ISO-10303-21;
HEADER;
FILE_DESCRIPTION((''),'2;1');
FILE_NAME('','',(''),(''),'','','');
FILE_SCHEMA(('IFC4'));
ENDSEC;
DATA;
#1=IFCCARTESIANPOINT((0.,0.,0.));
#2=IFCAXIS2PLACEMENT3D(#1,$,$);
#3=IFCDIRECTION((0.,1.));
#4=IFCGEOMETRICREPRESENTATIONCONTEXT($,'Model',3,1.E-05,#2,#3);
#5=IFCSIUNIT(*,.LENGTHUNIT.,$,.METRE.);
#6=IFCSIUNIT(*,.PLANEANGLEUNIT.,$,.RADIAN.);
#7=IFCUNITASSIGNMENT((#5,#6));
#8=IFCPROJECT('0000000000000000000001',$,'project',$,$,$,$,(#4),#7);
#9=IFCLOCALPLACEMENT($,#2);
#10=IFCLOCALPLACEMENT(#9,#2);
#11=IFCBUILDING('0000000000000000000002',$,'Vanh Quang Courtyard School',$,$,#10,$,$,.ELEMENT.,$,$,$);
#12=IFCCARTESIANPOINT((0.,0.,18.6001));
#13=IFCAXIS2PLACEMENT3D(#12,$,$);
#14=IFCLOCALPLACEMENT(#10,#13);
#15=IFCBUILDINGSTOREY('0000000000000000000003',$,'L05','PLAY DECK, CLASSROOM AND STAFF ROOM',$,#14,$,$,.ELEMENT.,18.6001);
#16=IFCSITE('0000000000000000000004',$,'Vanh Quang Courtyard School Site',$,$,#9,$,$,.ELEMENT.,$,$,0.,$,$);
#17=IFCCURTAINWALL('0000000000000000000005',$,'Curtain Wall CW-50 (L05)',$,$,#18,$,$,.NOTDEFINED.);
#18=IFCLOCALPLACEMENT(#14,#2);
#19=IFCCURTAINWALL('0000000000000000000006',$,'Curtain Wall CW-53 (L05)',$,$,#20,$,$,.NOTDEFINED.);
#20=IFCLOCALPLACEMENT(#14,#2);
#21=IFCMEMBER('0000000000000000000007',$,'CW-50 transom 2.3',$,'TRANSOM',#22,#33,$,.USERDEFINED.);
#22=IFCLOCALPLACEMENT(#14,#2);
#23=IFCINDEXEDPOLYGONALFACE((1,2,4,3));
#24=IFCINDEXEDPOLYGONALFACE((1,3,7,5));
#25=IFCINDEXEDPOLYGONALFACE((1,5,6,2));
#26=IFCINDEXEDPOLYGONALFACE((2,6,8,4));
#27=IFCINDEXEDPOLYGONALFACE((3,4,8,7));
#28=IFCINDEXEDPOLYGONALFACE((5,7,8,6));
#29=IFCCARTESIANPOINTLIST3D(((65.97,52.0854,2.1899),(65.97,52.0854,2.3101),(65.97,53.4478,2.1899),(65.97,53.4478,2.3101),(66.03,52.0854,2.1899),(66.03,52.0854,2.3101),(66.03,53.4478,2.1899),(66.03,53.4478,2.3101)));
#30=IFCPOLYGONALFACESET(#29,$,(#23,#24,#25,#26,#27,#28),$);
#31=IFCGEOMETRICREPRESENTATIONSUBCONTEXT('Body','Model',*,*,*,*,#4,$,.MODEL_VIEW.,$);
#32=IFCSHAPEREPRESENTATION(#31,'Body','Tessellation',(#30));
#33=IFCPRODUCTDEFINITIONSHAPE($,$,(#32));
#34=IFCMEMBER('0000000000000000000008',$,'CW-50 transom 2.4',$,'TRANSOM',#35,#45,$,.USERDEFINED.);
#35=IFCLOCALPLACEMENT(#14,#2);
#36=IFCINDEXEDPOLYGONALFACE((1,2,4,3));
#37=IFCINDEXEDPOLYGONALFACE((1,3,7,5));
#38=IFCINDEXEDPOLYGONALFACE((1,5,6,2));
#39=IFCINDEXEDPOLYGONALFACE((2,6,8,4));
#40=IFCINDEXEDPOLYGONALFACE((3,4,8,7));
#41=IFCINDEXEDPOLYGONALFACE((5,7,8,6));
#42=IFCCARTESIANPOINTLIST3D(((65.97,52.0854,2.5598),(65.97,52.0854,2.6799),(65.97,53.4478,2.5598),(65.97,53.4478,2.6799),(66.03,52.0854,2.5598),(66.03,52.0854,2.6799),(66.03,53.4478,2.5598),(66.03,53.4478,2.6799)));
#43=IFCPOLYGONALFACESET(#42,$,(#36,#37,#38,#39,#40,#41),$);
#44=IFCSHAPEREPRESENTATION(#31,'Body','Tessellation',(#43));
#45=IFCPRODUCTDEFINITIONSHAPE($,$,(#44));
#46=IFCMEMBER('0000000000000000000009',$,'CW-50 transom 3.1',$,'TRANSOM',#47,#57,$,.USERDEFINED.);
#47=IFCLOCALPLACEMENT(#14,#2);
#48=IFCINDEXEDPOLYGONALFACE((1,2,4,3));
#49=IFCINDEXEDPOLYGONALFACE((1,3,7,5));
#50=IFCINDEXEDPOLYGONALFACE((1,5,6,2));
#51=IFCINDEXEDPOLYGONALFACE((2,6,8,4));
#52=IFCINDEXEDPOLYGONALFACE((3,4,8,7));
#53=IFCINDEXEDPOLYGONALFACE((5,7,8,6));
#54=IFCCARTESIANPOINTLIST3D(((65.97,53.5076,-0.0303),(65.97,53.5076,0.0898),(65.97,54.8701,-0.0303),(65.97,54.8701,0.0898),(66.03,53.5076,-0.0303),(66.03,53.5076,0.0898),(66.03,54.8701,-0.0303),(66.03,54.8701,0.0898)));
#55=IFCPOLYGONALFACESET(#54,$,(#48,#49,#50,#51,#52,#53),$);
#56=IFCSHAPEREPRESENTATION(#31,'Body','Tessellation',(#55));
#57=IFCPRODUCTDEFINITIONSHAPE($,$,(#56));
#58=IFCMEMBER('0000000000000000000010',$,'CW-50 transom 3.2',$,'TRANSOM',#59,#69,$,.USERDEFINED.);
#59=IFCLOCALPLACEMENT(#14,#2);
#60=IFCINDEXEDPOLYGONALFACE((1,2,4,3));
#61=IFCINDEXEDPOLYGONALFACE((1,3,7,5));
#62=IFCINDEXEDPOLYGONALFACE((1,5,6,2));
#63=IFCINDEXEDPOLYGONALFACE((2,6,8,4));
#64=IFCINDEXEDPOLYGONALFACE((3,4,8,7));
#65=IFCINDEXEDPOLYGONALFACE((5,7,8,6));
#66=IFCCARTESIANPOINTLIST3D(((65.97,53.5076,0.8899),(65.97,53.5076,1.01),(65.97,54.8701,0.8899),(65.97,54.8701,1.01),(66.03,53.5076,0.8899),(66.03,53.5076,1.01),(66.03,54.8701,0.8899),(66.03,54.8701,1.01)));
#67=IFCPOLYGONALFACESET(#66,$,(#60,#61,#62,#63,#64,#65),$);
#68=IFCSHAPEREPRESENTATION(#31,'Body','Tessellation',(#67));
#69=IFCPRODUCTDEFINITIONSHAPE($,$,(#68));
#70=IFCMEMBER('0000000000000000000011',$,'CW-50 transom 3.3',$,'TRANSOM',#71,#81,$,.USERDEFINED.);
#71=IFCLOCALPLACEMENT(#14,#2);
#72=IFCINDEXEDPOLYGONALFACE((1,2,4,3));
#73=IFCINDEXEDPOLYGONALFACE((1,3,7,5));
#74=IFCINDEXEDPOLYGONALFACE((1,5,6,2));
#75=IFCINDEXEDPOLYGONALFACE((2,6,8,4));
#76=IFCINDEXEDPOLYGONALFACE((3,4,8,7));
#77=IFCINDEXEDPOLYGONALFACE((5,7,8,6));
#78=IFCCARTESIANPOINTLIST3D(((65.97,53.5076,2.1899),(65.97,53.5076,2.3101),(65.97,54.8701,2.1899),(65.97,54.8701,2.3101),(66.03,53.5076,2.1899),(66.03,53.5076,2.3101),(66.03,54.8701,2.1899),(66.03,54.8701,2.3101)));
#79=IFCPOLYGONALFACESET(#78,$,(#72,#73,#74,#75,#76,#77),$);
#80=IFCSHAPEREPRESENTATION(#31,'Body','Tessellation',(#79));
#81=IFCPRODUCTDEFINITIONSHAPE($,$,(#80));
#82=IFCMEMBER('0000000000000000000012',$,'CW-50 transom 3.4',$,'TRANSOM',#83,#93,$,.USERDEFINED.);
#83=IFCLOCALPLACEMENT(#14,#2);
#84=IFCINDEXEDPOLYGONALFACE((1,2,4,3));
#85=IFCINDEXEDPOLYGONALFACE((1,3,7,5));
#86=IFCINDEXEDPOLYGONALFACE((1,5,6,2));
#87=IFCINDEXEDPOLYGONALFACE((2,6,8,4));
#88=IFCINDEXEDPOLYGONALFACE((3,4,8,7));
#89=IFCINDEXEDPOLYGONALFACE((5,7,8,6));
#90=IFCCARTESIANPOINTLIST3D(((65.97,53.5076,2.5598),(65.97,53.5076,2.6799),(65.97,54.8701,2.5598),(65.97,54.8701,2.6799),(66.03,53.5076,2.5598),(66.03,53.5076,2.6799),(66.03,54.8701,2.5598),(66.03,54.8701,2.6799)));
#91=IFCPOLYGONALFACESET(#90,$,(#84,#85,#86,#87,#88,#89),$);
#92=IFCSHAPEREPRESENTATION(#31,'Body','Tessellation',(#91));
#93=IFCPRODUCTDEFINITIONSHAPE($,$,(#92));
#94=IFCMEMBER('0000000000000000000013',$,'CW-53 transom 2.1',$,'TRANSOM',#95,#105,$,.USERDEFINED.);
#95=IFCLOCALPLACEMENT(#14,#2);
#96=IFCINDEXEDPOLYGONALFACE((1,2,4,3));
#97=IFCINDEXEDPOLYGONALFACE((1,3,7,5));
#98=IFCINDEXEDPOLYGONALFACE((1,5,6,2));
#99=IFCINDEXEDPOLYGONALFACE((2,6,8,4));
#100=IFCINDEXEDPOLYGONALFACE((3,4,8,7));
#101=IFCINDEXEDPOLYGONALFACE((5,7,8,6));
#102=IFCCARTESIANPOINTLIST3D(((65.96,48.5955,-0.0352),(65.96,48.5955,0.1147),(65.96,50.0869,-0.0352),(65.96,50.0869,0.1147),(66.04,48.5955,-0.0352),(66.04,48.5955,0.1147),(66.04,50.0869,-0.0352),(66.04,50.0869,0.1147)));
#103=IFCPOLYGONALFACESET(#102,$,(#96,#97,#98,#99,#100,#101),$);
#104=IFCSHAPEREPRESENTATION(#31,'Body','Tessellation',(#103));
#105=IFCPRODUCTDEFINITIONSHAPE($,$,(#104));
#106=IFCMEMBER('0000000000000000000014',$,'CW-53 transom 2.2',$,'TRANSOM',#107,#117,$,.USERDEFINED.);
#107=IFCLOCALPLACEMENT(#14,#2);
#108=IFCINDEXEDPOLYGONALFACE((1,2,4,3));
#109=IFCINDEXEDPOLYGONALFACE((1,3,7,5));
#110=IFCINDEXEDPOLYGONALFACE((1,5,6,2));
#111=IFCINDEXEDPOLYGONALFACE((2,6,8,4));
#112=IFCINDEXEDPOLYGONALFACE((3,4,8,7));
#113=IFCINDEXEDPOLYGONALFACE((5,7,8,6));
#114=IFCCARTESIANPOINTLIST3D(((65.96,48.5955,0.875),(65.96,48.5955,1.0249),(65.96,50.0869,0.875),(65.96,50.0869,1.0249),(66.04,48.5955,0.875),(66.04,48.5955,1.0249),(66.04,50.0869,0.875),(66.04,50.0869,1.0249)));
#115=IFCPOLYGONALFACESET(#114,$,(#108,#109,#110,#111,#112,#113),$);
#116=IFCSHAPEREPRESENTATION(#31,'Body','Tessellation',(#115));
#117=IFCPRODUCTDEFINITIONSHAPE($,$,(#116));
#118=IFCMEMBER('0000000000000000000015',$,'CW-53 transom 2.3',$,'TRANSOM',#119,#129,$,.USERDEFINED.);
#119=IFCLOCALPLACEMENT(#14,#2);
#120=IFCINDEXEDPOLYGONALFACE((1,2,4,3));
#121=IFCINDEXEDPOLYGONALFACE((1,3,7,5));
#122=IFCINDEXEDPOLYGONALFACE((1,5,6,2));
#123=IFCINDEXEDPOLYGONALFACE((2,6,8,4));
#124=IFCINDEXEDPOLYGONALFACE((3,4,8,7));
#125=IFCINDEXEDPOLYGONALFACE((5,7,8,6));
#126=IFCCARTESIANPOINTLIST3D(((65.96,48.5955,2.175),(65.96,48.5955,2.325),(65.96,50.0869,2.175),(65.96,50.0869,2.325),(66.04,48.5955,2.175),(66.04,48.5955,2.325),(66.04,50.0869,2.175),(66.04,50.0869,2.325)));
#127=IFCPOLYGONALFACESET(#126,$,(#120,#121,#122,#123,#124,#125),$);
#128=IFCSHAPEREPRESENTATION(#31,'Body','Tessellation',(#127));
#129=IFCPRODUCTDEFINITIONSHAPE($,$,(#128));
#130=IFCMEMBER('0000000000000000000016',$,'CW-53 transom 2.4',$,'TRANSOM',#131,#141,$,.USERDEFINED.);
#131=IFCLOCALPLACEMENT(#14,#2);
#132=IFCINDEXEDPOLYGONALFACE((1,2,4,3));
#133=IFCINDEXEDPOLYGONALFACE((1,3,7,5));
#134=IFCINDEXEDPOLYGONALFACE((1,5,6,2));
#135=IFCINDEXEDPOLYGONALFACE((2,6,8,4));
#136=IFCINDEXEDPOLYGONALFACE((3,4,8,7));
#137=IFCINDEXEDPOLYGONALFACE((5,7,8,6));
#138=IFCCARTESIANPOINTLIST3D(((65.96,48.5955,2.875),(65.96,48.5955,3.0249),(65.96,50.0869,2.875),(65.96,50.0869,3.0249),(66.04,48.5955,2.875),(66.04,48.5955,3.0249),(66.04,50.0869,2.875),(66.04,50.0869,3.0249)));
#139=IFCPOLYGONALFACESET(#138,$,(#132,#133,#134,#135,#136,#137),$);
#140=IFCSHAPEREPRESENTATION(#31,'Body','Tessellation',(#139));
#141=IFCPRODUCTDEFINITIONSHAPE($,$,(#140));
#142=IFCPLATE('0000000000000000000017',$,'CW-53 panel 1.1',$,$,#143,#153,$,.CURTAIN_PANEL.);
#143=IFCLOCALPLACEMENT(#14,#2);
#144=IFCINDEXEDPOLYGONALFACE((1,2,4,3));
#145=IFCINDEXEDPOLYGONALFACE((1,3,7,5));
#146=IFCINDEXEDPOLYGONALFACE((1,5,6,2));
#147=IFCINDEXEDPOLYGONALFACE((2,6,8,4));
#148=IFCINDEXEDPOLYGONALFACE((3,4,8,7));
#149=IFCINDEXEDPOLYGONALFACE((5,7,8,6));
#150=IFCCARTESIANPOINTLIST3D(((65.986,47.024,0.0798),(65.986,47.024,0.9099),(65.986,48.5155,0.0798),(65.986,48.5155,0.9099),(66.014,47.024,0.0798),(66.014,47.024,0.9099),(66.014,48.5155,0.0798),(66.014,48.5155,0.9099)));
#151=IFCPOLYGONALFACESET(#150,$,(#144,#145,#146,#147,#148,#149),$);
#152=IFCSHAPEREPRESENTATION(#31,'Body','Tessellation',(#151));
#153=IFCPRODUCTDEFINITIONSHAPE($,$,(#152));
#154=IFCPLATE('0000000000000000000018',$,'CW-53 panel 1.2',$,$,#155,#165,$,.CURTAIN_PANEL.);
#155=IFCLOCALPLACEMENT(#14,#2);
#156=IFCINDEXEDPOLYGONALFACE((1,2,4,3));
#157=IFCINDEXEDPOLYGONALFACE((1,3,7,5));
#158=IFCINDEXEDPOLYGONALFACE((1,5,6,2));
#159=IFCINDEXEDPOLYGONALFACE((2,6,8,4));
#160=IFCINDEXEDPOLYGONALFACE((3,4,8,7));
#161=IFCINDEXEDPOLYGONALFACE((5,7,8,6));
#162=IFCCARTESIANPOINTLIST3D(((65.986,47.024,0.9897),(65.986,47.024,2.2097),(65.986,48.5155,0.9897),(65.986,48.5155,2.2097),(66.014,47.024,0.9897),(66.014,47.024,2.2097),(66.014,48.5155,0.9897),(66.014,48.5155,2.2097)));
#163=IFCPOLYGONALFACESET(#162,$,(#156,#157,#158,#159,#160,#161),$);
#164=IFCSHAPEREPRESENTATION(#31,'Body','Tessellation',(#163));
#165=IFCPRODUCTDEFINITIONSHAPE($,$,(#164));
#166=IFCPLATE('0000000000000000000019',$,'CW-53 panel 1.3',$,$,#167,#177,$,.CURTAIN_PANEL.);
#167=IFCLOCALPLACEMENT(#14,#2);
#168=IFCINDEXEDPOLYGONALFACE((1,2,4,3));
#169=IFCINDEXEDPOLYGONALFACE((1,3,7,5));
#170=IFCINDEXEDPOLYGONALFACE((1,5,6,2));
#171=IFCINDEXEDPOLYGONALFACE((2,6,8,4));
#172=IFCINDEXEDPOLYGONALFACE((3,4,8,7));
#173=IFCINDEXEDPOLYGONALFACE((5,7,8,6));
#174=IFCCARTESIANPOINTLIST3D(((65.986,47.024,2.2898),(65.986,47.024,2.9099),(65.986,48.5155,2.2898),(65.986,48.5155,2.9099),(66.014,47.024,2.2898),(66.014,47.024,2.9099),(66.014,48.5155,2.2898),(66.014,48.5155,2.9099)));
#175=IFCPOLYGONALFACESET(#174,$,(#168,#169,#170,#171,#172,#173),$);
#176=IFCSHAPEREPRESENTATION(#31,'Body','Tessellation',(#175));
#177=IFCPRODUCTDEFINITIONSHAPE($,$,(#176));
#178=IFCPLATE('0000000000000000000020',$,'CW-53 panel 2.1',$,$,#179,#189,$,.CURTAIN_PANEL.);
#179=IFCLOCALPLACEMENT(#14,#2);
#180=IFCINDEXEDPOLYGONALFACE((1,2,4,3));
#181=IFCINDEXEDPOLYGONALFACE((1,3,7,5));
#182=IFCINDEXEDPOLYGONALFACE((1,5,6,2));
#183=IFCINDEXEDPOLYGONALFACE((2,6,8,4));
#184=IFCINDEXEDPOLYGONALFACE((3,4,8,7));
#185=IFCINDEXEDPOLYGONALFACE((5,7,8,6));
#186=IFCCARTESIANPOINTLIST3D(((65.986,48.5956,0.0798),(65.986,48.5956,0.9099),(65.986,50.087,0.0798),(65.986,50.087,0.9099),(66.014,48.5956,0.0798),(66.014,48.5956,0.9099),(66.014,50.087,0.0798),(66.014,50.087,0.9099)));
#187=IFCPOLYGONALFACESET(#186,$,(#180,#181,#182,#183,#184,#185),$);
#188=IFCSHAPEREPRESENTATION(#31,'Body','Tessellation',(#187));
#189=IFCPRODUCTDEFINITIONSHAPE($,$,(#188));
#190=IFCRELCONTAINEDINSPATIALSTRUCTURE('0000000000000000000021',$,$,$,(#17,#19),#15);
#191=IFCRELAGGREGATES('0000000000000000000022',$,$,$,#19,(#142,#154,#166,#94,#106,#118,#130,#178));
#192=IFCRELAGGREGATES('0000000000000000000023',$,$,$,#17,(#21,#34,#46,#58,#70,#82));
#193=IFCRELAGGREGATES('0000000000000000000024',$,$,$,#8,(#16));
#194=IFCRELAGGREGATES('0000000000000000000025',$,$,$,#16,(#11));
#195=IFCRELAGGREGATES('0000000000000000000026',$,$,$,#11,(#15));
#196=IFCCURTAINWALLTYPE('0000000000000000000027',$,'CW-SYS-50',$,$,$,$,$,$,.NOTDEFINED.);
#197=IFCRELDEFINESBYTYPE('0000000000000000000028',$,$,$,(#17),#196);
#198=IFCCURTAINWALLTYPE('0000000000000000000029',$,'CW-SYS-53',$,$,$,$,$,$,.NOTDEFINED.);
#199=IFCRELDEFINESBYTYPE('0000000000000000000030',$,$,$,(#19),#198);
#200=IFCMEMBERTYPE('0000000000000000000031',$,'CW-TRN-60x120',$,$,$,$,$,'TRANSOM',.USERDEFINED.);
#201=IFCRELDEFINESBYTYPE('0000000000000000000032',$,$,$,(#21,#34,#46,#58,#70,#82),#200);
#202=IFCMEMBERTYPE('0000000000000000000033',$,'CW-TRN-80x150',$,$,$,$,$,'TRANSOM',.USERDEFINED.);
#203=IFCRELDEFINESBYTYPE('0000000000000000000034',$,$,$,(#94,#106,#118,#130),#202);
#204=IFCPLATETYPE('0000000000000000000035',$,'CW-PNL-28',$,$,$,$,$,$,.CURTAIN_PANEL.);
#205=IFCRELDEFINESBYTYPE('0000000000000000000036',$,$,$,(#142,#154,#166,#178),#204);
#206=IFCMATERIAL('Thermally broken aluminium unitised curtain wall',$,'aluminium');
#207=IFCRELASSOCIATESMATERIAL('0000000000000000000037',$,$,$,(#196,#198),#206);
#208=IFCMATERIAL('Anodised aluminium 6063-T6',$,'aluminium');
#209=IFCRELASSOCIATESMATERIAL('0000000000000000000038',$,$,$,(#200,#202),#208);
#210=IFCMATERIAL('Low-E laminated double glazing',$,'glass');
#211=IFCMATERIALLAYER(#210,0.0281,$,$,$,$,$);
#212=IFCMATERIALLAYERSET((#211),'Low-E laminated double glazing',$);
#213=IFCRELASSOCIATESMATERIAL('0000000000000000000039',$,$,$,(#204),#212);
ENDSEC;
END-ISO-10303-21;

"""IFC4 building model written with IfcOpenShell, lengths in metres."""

from ifc_helpers import new_model, si_unit, direction, frame, origin, origin_2d, place, context, subcontext, project, spatial, rectangle, extrude, material, layer, layer_set, material_profile, profile_set, type_object, element, aggregate, save


model = new_model("IFC4")

# Units and contexts
model_context = context("Model", 3, precision=1e-05, world=origin(), true_north=direction((0.0, 1.0)))
body_context = subcontext(model_context, "Body", "Model", "MODEL_VIEW")
ifc_project = project(units=[si_unit("LENGTHUNIT", "METRE"), si_unit("PLANEANGLEUNIT", "RADIAN")], contexts=[model_context])

# Site, building, storey
site_placement = place(None, origin())
site = spatial("IfcSite", under=ifc_project, at=site_placement, Name="Vanh Quang Courtyard School Site", CompositionType="ELEMENT", RefElevation=0.0)
building_placement = place(site_placement, origin())
building = spatial("IfcBuilding", under=site, at=building_placement, Name="Vanh Quang Courtyard School", CompositionType="ELEMENT")
storey_placement = place(building_placement, frame((0.0, 0.0, 18.6001)))
storey = spatial("IfcBuildingStorey", under=building, at=storey_placement, Name="L05", Description="PLAY DECK, CLASSROOM AND STAFF ROOM", CompositionType="ELEMENT", Elevation=18.6001)

# Curtain walls
ifc_material_1 = material(Name="Thermally broken aluminium unitised curtain wall", Category="aluminium")
curtain_wall_type_1 = type_object("IfcCurtainWallType", Name="CW-SYS-50", PredefinedType="NOTDEFINED", material=ifc_material_1)
curtain_wall_1_placement = place(storey_placement, origin())
curtain_wall_1 = element("IfcCurtainWall", 1, at=curtain_wall_1_placement, inside=storey, type_object=curtain_wall_type_1, Name="Curtain Wall CW-50 (L05)", PredefinedType="NOTDEFINED")
ifc_material_2 = material(Name="Anodised aluminium 6063-T6", Category="aluminium")
curtain_wall_type_2 = type_object("IfcCurtainWallType", Name="CW-SYS-53", PredefinedType="NOTDEFINED", material=ifc_material_1)
curtain_wall_2_placement = place(storey_placement, origin())
curtain_wall_2 = element("IfcCurtainWall", 2, at=curtain_wall_2_placement, inside=storey, type_object=curtain_wall_type_2, Name="Curtain Wall CW-53 (L05)", PredefinedType="NOTDEFINED")

# Members
ifc_material_profile_1 = material_profile(ifc_material_2, rectangle(XDim=0.0601, YDim=0.1201, at=origin_2d()), Name="ALU-TRN 60x120")
ifc_profile_set_1 = profile_set([ifc_material_profile_1], Name="Anodised aluminium 6063-T6")
member_type_1 = type_object("IfcMemberType", Name="CW-TRN-60x120", ElementType="TRANSOM", PredefinedType="USERDEFINED", material=ifc_profile_set_1)
member_1_placement = place(storey_placement, frame((66.0, 52.0854, 2.25), z_axis=(0.0, 1.0, 0.0), x_axis=(-1.0, 0.0, 0.0)))
member_1 = element("IfcMember", 3, at=member_1_placement, type_object=member_type_1, Name="CW-50 transom 2.3", ObjectType="TRANSOM", PredefinedType="USERDEFINED", context=body_context, shape_type="SweptSolid", body=[
    extrude(rectangle(XDim=0.0601, YDim=0.1201, at=origin_2d()), origin(), (0.0, 0.0, 1.0), 1.3623),
])
member_2_placement = place(storey_placement, frame((66.0, 52.0854, 2.6199), z_axis=(0.0, 1.0, 0.0), x_axis=(-1.0, 0.0, 0.0)))
member_2 = element("IfcMember", 4, at=member_2_placement, type_object=member_type_1, Name="CW-50 transom 2.4", ObjectType="TRANSOM", PredefinedType="USERDEFINED", context=body_context, shape_type="SweptSolid", body=[
    extrude(rectangle(XDim=0.0601, YDim=0.1201, at=origin_2d()), origin(), (0.0, 0.0, 1.0), 1.3623),
])
member_3_placement = place(storey_placement, frame((66.0, 53.5076, 0.0298), z_axis=(0.0, 1.0, 0.0), x_axis=(-1.0, 0.0, 0.0)))
member_3 = element("IfcMember", 5, at=member_3_placement, type_object=member_type_1, Name="CW-50 transom 3.1", ObjectType="TRANSOM", PredefinedType="USERDEFINED", context=body_context, shape_type="SweptSolid", body=[
    extrude(rectangle(XDim=0.0601, YDim=0.1201, at=origin_2d()), origin(), (0.0, 0.0, 1.0), 1.3625),
])
member_4_placement = place(storey_placement, frame((66.0, 53.5076, 0.95), z_axis=(0.0, 1.0, 0.0), x_axis=(-1.0, 0.0, 0.0)))
member_4 = element("IfcMember", 6, at=member_4_placement, type_object=member_type_1, Name="CW-50 transom 3.2", ObjectType="TRANSOM", PredefinedType="USERDEFINED", context=body_context, shape_type="SweptSolid", body=[
    extrude(rectangle(XDim=0.0601, YDim=0.1201, at=origin_2d()), origin(), (0.0, 0.0, 1.0), 1.3625),
])
member_5_placement = place(storey_placement, frame((66.0, 53.5076, 2.25), z_axis=(0.0, 1.0, 0.0), x_axis=(-1.0, 0.0, 0.0)))
member_5 = element("IfcMember", 7, at=member_5_placement, type_object=member_type_1, Name="CW-50 transom 3.3", ObjectType="TRANSOM", PredefinedType="USERDEFINED", context=body_context, shape_type="SweptSolid", body=[
    extrude(rectangle(XDim=0.0601, YDim=0.1201, at=origin_2d()), origin(), (0.0, 0.0, 1.0), 1.3625),
])
member_6_placement = place(storey_placement, frame((66.0, 53.5076, 2.6199), z_axis=(0.0, 1.0, 0.0), x_axis=(-1.0, 0.0, 0.0)))
member_6 = element("IfcMember", 8, at=member_6_placement, type_object=member_type_1, Name="CW-50 transom 3.4", ObjectType="TRANSOM", PredefinedType="USERDEFINED", context=body_context, shape_type="SweptSolid", body=[
    extrude(rectangle(XDim=0.0601, YDim=0.1201, at=origin_2d()), origin(), (0.0, 0.0, 1.0), 1.3625),
])
ifc_material_profile_2 = material_profile(ifc_material_2, rectangle(XDim=0.0801, YDim=0.1499, at=origin_2d()), Name="ALU-TRN 80x150")
ifc_profile_set_2 = profile_set([ifc_material_profile_2], Name="Anodised aluminium 6063-T6")
member_type_2 = type_object("IfcMemberType", Name="CW-TRN-80x150", ElementType="TRANSOM", PredefinedType="USERDEFINED", material=ifc_profile_set_2)
member_7_placement = place(storey_placement, frame((66.0, 48.5955, 0.0398), z_axis=(0.0, 1.0, 0.0), x_axis=(-1.0, 0.0, 0.0)))
member_7 = element("IfcMember", 9, at=member_7_placement, type_object=member_type_2, Name="CW-53 transom 2.1", ObjectType="TRANSOM", PredefinedType="USERDEFINED", context=body_context, shape_type="SweptSolid", body=[
    extrude(rectangle(XDim=0.0801, YDim=0.1499, at=origin_2d()), origin(), (0.0, 0.0, 1.0), 1.4915),
])
member_8_placement = place(storey_placement, frame((66.0, 48.5955, 0.95), z_axis=(0.0, 1.0, 0.0), x_axis=(-1.0, 0.0, 0.0)))
member_8 = element("IfcMember", 10, at=member_8_placement, type_object=member_type_2, Name="CW-53 transom 2.2", ObjectType="TRANSOM", PredefinedType="USERDEFINED", context=body_context, shape_type="SweptSolid", body=[
    extrude(rectangle(XDim=0.0801, YDim=0.1499, at=origin_2d()), origin(), (0.0, 0.0, 1.0), 1.4915),
])
member_9_placement = place(storey_placement, frame((66.0, 48.5955, 2.25), z_axis=(0.0, 1.0, 0.0), x_axis=(-1.0, 0.0, 0.0)))
member_9 = element("IfcMember", 11, at=member_9_placement, type_object=member_type_2, Name="CW-53 transom 2.3", ObjectType="TRANSOM", PredefinedType="USERDEFINED", context=body_context, shape_type="SweptSolid", body=[
    extrude(rectangle(XDim=0.0801, YDim=0.1499, at=origin_2d()), origin(), (0.0, 0.0, 1.0), 1.4915),
])
member_10_placement = place(storey_placement, frame((66.0, 48.5955, 2.95), z_axis=(0.0, 1.0, 0.0), x_axis=(-1.0, 0.0, 0.0)))
member_10 = element("IfcMember", 12, at=member_10_placement, type_object=member_type_2, Name="CW-53 transom 2.4", ObjectType="TRANSOM", PredefinedType="USERDEFINED", context=body_context, shape_type="SweptSolid", body=[
    extrude(rectangle(XDim=0.0801, YDim=0.1499, at=origin_2d()), origin(), (0.0, 0.0, 1.0), 1.4915),
])

# Plates
ifc_material_3 = material(Name="Low-E laminated double glazing", Category="glass")
ifc_layer_1 = layer(ifc_material_3, 0.0281)
ifc_layer_set_1 = layer_set([ifc_layer_1], Name="Low-E laminated double glazing")
plate_type_1 = type_object("IfcPlateType", Name="CW-PNL-28", PredefinedType="CURTAIN_PANEL", material=ifc_layer_set_1)
plate_1_placement = place(storey_placement, frame((66.0, 47.7698, 0.0798), z_axis=(0.0, 0.0, 1.0), x_axis=(0.0, 1.0, 0.0)))
plate_1 = element("IfcPlate", 13, at=plate_1_placement, type_object=plate_type_1, Name="CW-53 panel 1.1", PredefinedType="CURTAIN_PANEL", context=body_context, shape_type="SweptSolid", body=[
    extrude(rectangle(XDim=1.4915, YDim=0.0281, at=origin_2d()), origin(), (0.0, 0.0, 1.0), 0.8301),
])
plate_2_placement = place(storey_placement, frame((66.0, 47.7698, 0.9897), z_axis=(0.0, 0.0, 1.0), x_axis=(0.0, 1.0, 0.0)))
plate_2 = element("IfcPlate", 14, at=plate_2_placement, type_object=plate_type_1, Name="CW-53 panel 1.2", PredefinedType="CURTAIN_PANEL", context=body_context, shape_type="SweptSolid", body=[
    extrude(rectangle(XDim=1.4915, YDim=0.0281, at=origin_2d()), origin(), (0.0, 0.0, 1.0), 1.22),
])
plate_3_placement = place(storey_placement, frame((66.0, 47.7698, 2.2898), z_axis=(0.0, 0.0, 1.0), x_axis=(0.0, 1.0, 0.0)))
plate_3 = element("IfcPlate", 15, at=plate_3_placement, type_object=plate_type_1, Name="CW-53 panel 1.3", PredefinedType="CURTAIN_PANEL", context=body_context, shape_type="SweptSolid", body=[
    extrude(rectangle(XDim=1.4915, YDim=0.0281, at=origin_2d()), origin(), (0.0, 0.0, 1.0), 0.6201),
])
plate_4_placement = place(storey_placement, frame((66.0, 49.3413, 0.0798), z_axis=(0.0, 0.0, 1.0), x_axis=(0.0, 1.0, 0.0)))
plate_4 = element("IfcPlate", 16, at=plate_4_placement, type_object=plate_type_1, Name="CW-53 panel 2.1", PredefinedType="CURTAIN_PANEL", context=body_context, shape_type="SweptSolid", body=[
    extrude(rectangle(XDim=1.4915, YDim=0.0281, at=origin_2d()), origin(), (0.0, 0.0, 1.0), 0.8301),
])
aggregate(curtain_wall_2, [plate_1, plate_2, plate_3, member_7, member_8, member_9, member_10, plate_4])
aggregate(curtain_wall_1, [member_1, member_2, member_3, member_4, member_5, member_6])

save(model, "model.ifc")
